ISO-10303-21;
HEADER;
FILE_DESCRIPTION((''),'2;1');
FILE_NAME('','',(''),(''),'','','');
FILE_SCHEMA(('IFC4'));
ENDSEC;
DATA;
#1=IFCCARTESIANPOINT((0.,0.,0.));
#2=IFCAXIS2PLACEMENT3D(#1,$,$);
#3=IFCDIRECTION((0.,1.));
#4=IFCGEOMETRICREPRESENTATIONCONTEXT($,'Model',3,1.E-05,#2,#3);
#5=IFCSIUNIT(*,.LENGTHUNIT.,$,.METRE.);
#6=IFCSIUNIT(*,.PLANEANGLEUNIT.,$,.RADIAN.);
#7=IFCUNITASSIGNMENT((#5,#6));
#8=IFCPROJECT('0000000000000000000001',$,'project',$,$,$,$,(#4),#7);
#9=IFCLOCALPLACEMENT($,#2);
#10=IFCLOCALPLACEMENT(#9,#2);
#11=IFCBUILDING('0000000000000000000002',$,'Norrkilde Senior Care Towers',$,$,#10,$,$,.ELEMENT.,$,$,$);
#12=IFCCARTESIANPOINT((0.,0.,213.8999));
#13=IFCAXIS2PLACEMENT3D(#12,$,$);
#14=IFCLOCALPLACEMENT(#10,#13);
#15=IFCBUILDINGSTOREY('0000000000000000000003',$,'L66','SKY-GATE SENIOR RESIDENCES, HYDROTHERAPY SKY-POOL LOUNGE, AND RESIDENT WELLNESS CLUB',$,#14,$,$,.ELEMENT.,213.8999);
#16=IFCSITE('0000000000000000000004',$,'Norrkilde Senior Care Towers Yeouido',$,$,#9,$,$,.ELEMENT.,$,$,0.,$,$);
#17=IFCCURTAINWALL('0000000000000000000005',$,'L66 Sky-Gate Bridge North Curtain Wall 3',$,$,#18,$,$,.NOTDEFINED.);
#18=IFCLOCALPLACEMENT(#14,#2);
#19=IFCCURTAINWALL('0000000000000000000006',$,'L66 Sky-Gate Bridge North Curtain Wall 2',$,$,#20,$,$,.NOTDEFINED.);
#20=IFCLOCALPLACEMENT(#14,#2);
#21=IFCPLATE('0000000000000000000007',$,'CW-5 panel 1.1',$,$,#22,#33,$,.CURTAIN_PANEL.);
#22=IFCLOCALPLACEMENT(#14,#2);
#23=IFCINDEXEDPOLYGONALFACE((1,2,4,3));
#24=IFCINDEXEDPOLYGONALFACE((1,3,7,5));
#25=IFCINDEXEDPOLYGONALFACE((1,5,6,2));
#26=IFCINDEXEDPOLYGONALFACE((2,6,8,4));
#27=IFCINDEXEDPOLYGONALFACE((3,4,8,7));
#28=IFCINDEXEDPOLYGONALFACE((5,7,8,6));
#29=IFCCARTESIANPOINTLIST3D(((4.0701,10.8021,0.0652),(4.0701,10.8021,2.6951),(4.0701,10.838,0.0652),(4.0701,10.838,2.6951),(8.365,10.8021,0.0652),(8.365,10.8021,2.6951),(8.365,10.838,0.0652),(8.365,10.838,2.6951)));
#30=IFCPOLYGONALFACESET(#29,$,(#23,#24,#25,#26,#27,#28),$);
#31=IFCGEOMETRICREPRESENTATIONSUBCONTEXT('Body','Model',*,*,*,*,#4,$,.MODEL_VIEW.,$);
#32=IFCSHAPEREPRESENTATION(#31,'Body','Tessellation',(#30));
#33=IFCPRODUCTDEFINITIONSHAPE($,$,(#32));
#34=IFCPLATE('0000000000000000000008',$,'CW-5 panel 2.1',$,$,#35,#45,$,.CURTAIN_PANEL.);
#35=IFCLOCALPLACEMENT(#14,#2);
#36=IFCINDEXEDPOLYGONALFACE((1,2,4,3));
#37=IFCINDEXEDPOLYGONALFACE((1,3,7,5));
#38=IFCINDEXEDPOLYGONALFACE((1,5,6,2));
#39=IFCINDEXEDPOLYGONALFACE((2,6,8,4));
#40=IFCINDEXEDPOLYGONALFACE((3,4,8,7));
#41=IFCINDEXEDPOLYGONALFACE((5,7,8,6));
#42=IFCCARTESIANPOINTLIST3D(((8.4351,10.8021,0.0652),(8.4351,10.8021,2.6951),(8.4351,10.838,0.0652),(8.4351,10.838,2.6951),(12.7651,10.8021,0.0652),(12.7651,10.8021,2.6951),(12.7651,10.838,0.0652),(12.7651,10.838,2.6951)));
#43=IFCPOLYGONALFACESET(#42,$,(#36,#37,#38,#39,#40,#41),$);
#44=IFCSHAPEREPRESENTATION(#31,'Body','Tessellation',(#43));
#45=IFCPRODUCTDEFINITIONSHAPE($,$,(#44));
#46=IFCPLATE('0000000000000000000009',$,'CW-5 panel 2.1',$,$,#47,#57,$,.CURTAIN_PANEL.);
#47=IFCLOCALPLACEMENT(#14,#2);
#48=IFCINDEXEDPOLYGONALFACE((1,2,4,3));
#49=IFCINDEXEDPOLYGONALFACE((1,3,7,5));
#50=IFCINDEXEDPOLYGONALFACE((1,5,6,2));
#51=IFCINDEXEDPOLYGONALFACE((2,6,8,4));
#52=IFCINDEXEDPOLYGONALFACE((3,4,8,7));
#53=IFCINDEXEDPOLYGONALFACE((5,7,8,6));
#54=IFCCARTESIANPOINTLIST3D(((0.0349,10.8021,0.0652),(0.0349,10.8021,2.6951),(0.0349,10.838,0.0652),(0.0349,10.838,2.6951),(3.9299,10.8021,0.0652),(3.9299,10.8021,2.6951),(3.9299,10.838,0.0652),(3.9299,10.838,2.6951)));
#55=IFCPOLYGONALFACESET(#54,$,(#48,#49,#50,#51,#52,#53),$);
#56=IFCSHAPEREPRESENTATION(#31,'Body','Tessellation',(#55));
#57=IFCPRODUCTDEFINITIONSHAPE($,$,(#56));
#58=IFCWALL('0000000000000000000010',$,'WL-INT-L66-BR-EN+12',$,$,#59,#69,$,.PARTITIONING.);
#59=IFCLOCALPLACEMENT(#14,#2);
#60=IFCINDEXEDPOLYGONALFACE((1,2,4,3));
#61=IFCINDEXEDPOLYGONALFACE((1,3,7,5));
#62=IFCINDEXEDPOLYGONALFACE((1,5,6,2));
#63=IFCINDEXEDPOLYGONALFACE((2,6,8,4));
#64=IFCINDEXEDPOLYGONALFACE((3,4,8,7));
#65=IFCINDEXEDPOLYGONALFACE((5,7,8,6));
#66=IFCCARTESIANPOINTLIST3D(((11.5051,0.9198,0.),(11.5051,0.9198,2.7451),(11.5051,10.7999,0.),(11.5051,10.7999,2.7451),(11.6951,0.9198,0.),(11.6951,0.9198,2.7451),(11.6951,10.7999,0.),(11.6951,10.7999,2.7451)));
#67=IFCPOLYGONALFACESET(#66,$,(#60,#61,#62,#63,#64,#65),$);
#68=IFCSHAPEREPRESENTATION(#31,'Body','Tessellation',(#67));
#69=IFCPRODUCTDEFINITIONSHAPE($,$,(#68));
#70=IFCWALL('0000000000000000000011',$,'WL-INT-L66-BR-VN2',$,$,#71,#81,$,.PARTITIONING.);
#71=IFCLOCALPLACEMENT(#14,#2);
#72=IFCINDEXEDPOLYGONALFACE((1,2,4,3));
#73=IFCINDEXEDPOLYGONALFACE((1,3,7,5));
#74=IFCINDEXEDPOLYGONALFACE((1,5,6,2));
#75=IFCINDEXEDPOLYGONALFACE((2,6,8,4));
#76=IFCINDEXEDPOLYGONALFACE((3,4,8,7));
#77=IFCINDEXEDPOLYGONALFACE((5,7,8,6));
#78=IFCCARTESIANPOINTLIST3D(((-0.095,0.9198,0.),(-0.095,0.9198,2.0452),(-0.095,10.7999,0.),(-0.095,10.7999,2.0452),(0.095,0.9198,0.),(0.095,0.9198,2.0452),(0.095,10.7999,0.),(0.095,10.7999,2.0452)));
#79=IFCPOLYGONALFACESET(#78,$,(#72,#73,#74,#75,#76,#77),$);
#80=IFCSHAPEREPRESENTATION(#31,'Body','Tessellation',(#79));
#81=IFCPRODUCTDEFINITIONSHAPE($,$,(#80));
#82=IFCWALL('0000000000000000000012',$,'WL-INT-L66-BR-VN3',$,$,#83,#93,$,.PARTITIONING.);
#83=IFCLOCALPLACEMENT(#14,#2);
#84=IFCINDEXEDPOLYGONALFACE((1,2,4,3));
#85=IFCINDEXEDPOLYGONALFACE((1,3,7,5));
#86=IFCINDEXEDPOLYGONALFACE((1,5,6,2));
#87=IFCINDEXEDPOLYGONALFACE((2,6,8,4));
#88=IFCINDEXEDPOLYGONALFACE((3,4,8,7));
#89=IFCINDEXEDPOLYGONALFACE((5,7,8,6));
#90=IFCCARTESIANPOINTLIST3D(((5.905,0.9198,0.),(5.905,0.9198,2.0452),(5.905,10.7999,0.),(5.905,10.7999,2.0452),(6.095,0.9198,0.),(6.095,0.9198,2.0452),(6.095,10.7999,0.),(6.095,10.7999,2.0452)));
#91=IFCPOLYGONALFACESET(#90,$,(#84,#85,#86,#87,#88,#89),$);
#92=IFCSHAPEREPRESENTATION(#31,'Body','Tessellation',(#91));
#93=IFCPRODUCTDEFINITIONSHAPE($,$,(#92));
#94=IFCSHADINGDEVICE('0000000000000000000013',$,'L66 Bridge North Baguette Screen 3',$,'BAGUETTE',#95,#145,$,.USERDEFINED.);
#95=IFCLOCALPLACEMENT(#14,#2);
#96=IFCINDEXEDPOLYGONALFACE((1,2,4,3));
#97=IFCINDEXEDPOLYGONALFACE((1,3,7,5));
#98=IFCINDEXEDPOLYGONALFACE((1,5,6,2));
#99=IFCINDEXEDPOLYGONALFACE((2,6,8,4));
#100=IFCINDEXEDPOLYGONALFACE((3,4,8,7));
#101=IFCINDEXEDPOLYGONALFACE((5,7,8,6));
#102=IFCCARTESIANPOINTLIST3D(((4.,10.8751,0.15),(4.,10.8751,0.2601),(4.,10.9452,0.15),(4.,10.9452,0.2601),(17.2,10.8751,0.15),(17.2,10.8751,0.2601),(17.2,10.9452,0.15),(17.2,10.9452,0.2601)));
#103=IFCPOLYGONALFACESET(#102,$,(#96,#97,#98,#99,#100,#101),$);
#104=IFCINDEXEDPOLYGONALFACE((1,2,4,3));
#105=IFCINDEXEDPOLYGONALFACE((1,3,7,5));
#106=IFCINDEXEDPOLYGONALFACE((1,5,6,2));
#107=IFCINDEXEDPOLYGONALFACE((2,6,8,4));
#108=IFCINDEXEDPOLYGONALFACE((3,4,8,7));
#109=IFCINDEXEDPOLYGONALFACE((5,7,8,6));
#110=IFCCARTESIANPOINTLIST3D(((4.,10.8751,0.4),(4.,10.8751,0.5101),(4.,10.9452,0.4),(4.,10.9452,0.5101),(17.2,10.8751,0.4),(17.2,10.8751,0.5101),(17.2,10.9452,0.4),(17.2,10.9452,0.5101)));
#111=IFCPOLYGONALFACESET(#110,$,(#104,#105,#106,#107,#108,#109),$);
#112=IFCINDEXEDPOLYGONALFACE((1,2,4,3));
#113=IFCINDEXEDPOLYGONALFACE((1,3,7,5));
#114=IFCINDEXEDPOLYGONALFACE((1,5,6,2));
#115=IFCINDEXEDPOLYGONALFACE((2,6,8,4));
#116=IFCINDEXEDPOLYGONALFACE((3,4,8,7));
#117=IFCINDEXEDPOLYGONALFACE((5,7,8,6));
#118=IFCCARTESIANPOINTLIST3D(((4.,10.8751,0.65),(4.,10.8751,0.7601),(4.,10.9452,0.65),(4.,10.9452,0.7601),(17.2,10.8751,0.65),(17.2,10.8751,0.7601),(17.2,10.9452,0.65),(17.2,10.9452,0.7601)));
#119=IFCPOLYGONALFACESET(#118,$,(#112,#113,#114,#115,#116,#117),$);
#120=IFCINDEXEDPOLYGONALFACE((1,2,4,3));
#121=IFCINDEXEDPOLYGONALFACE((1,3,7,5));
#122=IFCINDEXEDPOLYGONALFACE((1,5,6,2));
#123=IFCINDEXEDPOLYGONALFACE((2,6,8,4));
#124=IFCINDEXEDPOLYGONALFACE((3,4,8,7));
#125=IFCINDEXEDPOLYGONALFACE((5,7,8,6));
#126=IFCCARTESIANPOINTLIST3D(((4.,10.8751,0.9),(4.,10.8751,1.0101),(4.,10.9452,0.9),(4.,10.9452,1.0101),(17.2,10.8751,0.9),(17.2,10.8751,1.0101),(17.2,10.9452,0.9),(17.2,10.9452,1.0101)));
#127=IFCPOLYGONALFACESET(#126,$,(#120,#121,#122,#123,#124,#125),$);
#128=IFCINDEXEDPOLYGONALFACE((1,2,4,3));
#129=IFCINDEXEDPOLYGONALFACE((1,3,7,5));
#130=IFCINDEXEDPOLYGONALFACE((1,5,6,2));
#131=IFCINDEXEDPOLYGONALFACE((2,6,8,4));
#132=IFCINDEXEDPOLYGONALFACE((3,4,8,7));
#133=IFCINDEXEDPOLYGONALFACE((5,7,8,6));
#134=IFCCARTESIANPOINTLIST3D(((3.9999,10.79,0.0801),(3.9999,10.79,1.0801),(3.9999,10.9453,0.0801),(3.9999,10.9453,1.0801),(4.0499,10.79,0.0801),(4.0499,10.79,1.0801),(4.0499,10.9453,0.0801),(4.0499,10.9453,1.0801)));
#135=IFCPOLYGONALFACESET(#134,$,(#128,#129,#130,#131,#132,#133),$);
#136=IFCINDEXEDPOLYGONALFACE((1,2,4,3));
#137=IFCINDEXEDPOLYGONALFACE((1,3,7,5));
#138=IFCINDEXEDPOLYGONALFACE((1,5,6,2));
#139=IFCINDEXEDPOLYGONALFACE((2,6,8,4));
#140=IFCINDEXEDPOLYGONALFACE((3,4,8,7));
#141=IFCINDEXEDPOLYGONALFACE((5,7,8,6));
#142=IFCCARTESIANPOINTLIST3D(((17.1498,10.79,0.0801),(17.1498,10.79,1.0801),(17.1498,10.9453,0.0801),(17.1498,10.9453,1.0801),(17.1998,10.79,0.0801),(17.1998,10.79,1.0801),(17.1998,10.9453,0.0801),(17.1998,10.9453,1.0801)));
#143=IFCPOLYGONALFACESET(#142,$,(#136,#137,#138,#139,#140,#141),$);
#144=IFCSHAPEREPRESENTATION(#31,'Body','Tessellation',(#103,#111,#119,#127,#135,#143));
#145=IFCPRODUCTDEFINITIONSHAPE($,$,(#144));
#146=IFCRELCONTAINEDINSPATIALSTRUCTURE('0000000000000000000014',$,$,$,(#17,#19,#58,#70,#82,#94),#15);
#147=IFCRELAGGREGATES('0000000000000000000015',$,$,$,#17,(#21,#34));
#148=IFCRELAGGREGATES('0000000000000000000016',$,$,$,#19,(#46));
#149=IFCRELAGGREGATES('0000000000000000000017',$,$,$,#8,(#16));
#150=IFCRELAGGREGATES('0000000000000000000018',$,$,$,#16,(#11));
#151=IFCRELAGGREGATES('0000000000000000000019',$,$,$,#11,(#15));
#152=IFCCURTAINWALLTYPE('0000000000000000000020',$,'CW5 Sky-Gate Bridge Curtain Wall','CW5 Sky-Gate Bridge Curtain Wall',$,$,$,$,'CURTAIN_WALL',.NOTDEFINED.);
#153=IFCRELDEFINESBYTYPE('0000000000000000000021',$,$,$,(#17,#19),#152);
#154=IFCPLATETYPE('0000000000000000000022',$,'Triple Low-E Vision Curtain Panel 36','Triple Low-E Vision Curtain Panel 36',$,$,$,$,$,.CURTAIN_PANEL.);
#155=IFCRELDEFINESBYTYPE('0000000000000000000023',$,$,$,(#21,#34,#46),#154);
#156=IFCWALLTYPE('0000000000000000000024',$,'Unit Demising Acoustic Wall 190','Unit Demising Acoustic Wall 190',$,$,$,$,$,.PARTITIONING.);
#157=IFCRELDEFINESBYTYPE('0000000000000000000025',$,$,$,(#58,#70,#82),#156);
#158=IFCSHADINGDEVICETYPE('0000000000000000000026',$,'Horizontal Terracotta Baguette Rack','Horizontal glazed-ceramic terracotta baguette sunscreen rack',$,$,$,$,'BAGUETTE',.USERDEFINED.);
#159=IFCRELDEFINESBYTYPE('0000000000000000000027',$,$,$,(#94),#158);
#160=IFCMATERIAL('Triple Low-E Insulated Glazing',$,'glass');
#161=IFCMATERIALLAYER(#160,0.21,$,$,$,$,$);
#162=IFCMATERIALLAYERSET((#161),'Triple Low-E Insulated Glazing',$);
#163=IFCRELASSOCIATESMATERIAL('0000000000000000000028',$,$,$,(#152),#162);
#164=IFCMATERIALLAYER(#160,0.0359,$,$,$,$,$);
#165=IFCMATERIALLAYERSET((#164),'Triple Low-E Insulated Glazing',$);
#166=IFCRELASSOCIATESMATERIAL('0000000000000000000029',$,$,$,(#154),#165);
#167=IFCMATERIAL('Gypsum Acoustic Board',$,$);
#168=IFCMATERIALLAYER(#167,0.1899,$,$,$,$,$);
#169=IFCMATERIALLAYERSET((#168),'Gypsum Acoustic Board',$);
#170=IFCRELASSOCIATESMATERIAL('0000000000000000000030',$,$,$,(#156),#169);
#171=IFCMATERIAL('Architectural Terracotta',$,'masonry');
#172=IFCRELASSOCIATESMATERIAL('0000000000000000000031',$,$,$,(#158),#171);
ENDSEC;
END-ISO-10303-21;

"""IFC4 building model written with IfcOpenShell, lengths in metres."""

from ifc_helpers import new_model, si_unit, direction, frame, frame_2d, origin, origin_2d, place, context, subcontext, project, spatial, rectangle, extrude, source, transform, mapped, material, layer, layer_set, type_object, type_shapes, element, aggregate, save


model = new_model("IFC4")

# Units and contexts
model_context = context("Model", 3, precision=1e-05, world=origin(), true_north=direction((0.0, 1.0)))
body_context = subcontext(model_context, "Body", "Model", "MODEL_VIEW")
ifc_project = project(units=[si_unit("LENGTHUNIT", "METRE"), si_unit("PLANEANGLEUNIT", "RADIAN")], contexts=[model_context])

# Site, building, storey
site_placement = place(None, origin())
site = spatial("IfcSite", under=ifc_project, at=site_placement, Name="Norrkilde Senior Care Towers Yeouido", CompositionType="ELEMENT", RefElevation=0.0)
building_placement = place(site_placement, origin())
building = spatial("IfcBuilding", under=site, at=building_placement, Name="Norrkilde Senior Care Towers", CompositionType="ELEMENT")
storey_placement = place(building_placement, frame((0.0, 0.0, 213.8999)))
storey = spatial("IfcBuildingStorey", under=building, at=storey_placement, Name="L66", Description="SKY-GATE SENIOR RESIDENCES, HYDROTHERAPY SKY-POOL LOUNGE, AND RESIDENT WELLNESS CLUB", CompositionType="ELEMENT", Elevation=213.8999)

# Curtain walls
ifc_material_1 = material(Name="Triple Low-E Insulated Glazing", Category="glass")
ifc_layer_1 = layer(ifc_material_1, 0.21)
ifc_layer_set_1 = layer_set([ifc_layer_1], Name="Triple Low-E Insulated Glazing")
curtain_wall_type = type_object("IfcCurtainWallType", Name="CW5 Sky-Gate Bridge Curtain Wall", Description="CW5 Sky-Gate Bridge Curtain Wall", ElementType="CURTAIN_WALL", PredefinedType="NOTDEFINED", material=ifc_layer_set_1)
curtain_wall_1_placement = place(storey_placement, origin())
curtain_wall_1 = element("IfcCurtainWall", 1, at=curtain_wall_1_placement, inside=storey, type_object=curtain_wall_type, Name="L66 Sky-Gate Bridge North Curtain Wall 3", PredefinedType="NOTDEFINED")
curtain_wall_2_placement = place(storey_placement, origin())
curtain_wall_2 = element("IfcCurtainWall", 2, at=curtain_wall_2_placement, inside=storey, type_object=curtain_wall_type, Name="L66 Sky-Gate Bridge North Curtain Wall 2", PredefinedType="NOTDEFINED")

# Plates
ifc_layer_2 = layer(ifc_material_1, 0.0359)
ifc_layer_set_2 = layer_set([ifc_layer_2], Name="Triple Low-E Insulated Glazing")
plate_type = type_object("IfcPlateType", Name="Triple Low-E Vision Curtain Panel 36", Description="Triple Low-E Vision Curtain Panel 36", PredefinedType="CURTAIN_PANEL", material=ifc_layer_set_2)
shared_shape_1 = source(origin(), body_context, "Body", "SweptSolid", [
    extrude(rectangle(XDim=4.2949, YDim=0.0359, at=origin_2d()), origin(), (0.0, 0.0, 1.0), 2.6299),
])
plate_1_placement = place(storey_placement, frame((6.2175, 10.8201, 0.0652), z_axis=(0.0, 0.0, 1.0), x_axis=(1.0, 0.0, 0.0)))
plate_1 = element("IfcPlate", 3, at=plate_1_placement, type_object=plate_type, Name="CW-5 panel 1.1", PredefinedType="CURTAIN_PANEL", context=body_context, shape_type="MappedRepresentation", body=[
    mapped(shared_shape_1, transform((0.0, 0.0, 0.0), x_axis=(1.0, 0.0, 0.0), y_axis=(0.0, 1.0, 0.0), z_axis=(0.0, 0.0, 1.0), scale=1.0)),
])
shared_shape_2 = source(origin(), body_context, "Body", "SweptSolid", [
    extrude(rectangle(XDim=4.3301, YDim=0.0359, at=origin_2d()), origin(), (0.0, 0.0, 1.0), 2.6299),
])
plate_2_placement = place(storey_placement, frame((10.6001, 10.8201, 0.0652), z_axis=(0.0, 0.0, 1.0), x_axis=(1.0, 0.0, 0.0)))
plate_2 = element("IfcPlate", 4, at=plate_2_placement, type_object=plate_type, Name="CW-5 panel 2.1", PredefinedType="CURTAIN_PANEL", context=body_context, shape_type="MappedRepresentation", body=[
    mapped(shared_shape_2, transform((0.0, 0.0, 0.0), x_axis=(1.0, 0.0, 0.0), y_axis=(0.0, 1.0, 0.0), z_axis=(0.0, 0.0, 1.0), scale=1.0)),
])
aggregate(curtain_wall_1, [plate_1, plate_2])
shared_shape_3 = source(origin(), body_context, "Body", "SweptSolid", [
    extrude(rectangle(XDim=3.895, YDim=0.0359, at=origin_2d()), origin(), (0.0, 0.0, 1.0), 2.6299),
])
type_shapes(plate_type, [shared_shape_1, shared_shape_2, shared_shape_3])
plate_3_placement = place(storey_placement, frame((1.9824, 10.8201, 0.0652), z_axis=(0.0, 0.0, 1.0), x_axis=(1.0, 0.0, 0.0)))
plate_3 = element("IfcPlate", 5, at=plate_3_placement, type_object=plate_type, Name="CW-5 panel 2.1", PredefinedType="CURTAIN_PANEL", context=body_context, shape_type="MappedRepresentation", body=[
    mapped(shared_shape_3, transform((0.0, 0.0, 0.0), x_axis=(1.0, 0.0, 0.0), y_axis=(0.0, 1.0, 0.0), z_axis=(0.0, 0.0, 1.0), scale=1.0)),
])
aggregate(curtain_wall_2, [plate_3])

# Shared definitions
ifc_material_2 = material(Name="Gypsum Acoustic Board")

# Walls
ifc_layer_3 = layer(ifc_material_2, 0.1899)
ifc_layer_set_3 = layer_set([ifc_layer_3], Name="Gypsum Acoustic Board")
wall_type_1 = type_object("IfcWallType", Name="Unit Demising Acoustic Wall 190", Description="Unit Demising Acoustic Wall 190", PredefinedType="PARTITIONING", material=ifc_layer_set_3)
shared_shape_4 = source(origin(), body_context, "Body", "SweptSolid", [
    extrude(rectangle(XDim=9.8801, YDim=0.1899, at=frame_2d((4.9399, 0.0))), origin(), (0.0, 0.0, 1.0), 2.7451),
])
wall_1_placement = place(storey_placement, frame((11.6001, 0.9199, 0.0), z_axis=(0.0, 0.0, 1.0), x_axis=(0.0, 1.0, 0.0)))
element("IfcWall", 6, at=wall_1_placement, inside=storey, type_object=wall_type_1, Name="WL-INT-L66-BR-EN+12", PredefinedType="PARTITIONING", context=body_context, shape_type="MappedRepresentation", body=[
    mapped(shared_shape_4, transform((0.0, 0.0, 0.0), x_axis=(1.0, 0.0, 0.0), y_axis=(0.0, 1.0, 0.0), z_axis=(0.0, 0.0, 1.0), scale=1.0)),
])
shared_shape_5 = source(origin(), body_context, "Body", "SweptSolid", [
    extrude(rectangle(XDim=9.8801, YDim=0.1899, at=frame_2d((4.9399, 0.0))), origin(), (0.0, 0.0, 1.0), 2.0452),
])
type_shapes(wall_type_1, [shared_shape_4, shared_shape_5])
for number, where, z_axis, x_axis, name in (
    (7, (0.0, 0.9199, 0.0), (0.0, 0.0, 1.0), (0.0, 1.0, 0.0), "WL-INT-L66-BR-VN2"),
    (8, (6.0, 0.9199, 0.0), (0.0, 0.0, 1.0), (0.0, 1.0, 0.0), "WL-INT-L66-BR-VN3"),
):
    element("IfcWall", number, at=place(storey_placement, frame(where, z_axis=z_axis, x_axis=x_axis)), inside=storey, type_object=wall_type_1, Name=name, PredefinedType="PARTITIONING", context=body_context, shape_type="MappedRepresentation", body=[
        mapped(shared_shape_5, transform((0.0, 0.0, 0.0), x_axis=(1.0, 0.0, 0.0), y_axis=(0.0, 1.0, 0.0), z_axis=(0.0, 0.0, 1.0), scale=1.0)),
    ])

# Shading device
ifc_material_3 = material(Name="Architectural Terracotta", Category="masonry")
shading_device_type = type_object("IfcShadingDeviceType", Name="Horizontal Terracotta Baguette Rack", Description="Horizontal glazed-ceramic terracotta baguette sunscreen rack", ElementType="BAGUETTE", PredefinedType="USERDEFINED", material=ifc_material_3)
shared_shape_6 = source(origin(), body_context, "Body", "SweptSolid", [
    extrude(rectangle(XDim=0.0701, YDim=0.1101, at=origin_2d()), frame((0.0, 0.0901, 0.125), z_axis=(1.0, 0.0, 0.0), x_axis=(0.0, 1.0, 0.0)), (0.0, 0.0, 1.0), 13.2),
    extrude(rectangle(XDim=0.0701, YDim=0.1101, at=origin_2d()), frame((0.0, 0.0901, 0.375), z_axis=(1.0, 0.0, 0.0), x_axis=(0.0, 1.0, 0.0)), (0.0, 0.0, 1.0), 13.2),
    extrude(rectangle(XDim=0.0701, YDim=0.1101, at=origin_2d()), frame((0.0, 0.0901, 0.625), z_axis=(1.0, 0.0, 0.0), x_axis=(0.0, 1.0, 0.0)), (0.0, 0.0, 1.0), 13.2),
    extrude(rectangle(XDim=0.0701, YDim=0.1101, at=origin_2d()), frame((0.0, 0.0901, 0.875), z_axis=(1.0, 0.0, 0.0), x_axis=(0.0, 1.0, 0.0)), (0.0, 0.0, 1.0), 13.2),
    extrude(rectangle(XDim=0.05, YDim=0.1553, at=origin_2d()), frame((0.0249, 0.0476, 0.0)), (0.0, 0.0, 1.0), 1.0),
    extrude(rectangle(XDim=0.05, YDim=0.1553, at=origin_2d()), frame((13.1748, 0.0476, 0.0)), (0.0, 0.0, 1.0), 1.0),
])
type_shapes(shading_device_type, [shared_shape_6])
shading_device_placement = place(storey_placement, frame((4.0, 10.8201, 0.0801), z_axis=(0.0, 0.0, 1.0), x_axis=(1.0, 0.0, 0.0)))
element("IfcShadingDevice", 9, at=shading_device_placement, inside=storey, type_object=shading_device_type, Name="L66 Bridge North Baguette Screen 3", ObjectType="BAGUETTE", PredefinedType="USERDEFINED", context=body_context, shape_type="MappedRepresentation", body=[
    mapped(shared_shape_6, transform((0.0, 0.0, 0.0), x_axis=(1.0, 0.0, 0.0), y_axis=(0.0, 1.0, 0.0), z_axis=(0.0, 0.0, 1.0), scale=1.0)),
])

save(model, "model.ifc")
